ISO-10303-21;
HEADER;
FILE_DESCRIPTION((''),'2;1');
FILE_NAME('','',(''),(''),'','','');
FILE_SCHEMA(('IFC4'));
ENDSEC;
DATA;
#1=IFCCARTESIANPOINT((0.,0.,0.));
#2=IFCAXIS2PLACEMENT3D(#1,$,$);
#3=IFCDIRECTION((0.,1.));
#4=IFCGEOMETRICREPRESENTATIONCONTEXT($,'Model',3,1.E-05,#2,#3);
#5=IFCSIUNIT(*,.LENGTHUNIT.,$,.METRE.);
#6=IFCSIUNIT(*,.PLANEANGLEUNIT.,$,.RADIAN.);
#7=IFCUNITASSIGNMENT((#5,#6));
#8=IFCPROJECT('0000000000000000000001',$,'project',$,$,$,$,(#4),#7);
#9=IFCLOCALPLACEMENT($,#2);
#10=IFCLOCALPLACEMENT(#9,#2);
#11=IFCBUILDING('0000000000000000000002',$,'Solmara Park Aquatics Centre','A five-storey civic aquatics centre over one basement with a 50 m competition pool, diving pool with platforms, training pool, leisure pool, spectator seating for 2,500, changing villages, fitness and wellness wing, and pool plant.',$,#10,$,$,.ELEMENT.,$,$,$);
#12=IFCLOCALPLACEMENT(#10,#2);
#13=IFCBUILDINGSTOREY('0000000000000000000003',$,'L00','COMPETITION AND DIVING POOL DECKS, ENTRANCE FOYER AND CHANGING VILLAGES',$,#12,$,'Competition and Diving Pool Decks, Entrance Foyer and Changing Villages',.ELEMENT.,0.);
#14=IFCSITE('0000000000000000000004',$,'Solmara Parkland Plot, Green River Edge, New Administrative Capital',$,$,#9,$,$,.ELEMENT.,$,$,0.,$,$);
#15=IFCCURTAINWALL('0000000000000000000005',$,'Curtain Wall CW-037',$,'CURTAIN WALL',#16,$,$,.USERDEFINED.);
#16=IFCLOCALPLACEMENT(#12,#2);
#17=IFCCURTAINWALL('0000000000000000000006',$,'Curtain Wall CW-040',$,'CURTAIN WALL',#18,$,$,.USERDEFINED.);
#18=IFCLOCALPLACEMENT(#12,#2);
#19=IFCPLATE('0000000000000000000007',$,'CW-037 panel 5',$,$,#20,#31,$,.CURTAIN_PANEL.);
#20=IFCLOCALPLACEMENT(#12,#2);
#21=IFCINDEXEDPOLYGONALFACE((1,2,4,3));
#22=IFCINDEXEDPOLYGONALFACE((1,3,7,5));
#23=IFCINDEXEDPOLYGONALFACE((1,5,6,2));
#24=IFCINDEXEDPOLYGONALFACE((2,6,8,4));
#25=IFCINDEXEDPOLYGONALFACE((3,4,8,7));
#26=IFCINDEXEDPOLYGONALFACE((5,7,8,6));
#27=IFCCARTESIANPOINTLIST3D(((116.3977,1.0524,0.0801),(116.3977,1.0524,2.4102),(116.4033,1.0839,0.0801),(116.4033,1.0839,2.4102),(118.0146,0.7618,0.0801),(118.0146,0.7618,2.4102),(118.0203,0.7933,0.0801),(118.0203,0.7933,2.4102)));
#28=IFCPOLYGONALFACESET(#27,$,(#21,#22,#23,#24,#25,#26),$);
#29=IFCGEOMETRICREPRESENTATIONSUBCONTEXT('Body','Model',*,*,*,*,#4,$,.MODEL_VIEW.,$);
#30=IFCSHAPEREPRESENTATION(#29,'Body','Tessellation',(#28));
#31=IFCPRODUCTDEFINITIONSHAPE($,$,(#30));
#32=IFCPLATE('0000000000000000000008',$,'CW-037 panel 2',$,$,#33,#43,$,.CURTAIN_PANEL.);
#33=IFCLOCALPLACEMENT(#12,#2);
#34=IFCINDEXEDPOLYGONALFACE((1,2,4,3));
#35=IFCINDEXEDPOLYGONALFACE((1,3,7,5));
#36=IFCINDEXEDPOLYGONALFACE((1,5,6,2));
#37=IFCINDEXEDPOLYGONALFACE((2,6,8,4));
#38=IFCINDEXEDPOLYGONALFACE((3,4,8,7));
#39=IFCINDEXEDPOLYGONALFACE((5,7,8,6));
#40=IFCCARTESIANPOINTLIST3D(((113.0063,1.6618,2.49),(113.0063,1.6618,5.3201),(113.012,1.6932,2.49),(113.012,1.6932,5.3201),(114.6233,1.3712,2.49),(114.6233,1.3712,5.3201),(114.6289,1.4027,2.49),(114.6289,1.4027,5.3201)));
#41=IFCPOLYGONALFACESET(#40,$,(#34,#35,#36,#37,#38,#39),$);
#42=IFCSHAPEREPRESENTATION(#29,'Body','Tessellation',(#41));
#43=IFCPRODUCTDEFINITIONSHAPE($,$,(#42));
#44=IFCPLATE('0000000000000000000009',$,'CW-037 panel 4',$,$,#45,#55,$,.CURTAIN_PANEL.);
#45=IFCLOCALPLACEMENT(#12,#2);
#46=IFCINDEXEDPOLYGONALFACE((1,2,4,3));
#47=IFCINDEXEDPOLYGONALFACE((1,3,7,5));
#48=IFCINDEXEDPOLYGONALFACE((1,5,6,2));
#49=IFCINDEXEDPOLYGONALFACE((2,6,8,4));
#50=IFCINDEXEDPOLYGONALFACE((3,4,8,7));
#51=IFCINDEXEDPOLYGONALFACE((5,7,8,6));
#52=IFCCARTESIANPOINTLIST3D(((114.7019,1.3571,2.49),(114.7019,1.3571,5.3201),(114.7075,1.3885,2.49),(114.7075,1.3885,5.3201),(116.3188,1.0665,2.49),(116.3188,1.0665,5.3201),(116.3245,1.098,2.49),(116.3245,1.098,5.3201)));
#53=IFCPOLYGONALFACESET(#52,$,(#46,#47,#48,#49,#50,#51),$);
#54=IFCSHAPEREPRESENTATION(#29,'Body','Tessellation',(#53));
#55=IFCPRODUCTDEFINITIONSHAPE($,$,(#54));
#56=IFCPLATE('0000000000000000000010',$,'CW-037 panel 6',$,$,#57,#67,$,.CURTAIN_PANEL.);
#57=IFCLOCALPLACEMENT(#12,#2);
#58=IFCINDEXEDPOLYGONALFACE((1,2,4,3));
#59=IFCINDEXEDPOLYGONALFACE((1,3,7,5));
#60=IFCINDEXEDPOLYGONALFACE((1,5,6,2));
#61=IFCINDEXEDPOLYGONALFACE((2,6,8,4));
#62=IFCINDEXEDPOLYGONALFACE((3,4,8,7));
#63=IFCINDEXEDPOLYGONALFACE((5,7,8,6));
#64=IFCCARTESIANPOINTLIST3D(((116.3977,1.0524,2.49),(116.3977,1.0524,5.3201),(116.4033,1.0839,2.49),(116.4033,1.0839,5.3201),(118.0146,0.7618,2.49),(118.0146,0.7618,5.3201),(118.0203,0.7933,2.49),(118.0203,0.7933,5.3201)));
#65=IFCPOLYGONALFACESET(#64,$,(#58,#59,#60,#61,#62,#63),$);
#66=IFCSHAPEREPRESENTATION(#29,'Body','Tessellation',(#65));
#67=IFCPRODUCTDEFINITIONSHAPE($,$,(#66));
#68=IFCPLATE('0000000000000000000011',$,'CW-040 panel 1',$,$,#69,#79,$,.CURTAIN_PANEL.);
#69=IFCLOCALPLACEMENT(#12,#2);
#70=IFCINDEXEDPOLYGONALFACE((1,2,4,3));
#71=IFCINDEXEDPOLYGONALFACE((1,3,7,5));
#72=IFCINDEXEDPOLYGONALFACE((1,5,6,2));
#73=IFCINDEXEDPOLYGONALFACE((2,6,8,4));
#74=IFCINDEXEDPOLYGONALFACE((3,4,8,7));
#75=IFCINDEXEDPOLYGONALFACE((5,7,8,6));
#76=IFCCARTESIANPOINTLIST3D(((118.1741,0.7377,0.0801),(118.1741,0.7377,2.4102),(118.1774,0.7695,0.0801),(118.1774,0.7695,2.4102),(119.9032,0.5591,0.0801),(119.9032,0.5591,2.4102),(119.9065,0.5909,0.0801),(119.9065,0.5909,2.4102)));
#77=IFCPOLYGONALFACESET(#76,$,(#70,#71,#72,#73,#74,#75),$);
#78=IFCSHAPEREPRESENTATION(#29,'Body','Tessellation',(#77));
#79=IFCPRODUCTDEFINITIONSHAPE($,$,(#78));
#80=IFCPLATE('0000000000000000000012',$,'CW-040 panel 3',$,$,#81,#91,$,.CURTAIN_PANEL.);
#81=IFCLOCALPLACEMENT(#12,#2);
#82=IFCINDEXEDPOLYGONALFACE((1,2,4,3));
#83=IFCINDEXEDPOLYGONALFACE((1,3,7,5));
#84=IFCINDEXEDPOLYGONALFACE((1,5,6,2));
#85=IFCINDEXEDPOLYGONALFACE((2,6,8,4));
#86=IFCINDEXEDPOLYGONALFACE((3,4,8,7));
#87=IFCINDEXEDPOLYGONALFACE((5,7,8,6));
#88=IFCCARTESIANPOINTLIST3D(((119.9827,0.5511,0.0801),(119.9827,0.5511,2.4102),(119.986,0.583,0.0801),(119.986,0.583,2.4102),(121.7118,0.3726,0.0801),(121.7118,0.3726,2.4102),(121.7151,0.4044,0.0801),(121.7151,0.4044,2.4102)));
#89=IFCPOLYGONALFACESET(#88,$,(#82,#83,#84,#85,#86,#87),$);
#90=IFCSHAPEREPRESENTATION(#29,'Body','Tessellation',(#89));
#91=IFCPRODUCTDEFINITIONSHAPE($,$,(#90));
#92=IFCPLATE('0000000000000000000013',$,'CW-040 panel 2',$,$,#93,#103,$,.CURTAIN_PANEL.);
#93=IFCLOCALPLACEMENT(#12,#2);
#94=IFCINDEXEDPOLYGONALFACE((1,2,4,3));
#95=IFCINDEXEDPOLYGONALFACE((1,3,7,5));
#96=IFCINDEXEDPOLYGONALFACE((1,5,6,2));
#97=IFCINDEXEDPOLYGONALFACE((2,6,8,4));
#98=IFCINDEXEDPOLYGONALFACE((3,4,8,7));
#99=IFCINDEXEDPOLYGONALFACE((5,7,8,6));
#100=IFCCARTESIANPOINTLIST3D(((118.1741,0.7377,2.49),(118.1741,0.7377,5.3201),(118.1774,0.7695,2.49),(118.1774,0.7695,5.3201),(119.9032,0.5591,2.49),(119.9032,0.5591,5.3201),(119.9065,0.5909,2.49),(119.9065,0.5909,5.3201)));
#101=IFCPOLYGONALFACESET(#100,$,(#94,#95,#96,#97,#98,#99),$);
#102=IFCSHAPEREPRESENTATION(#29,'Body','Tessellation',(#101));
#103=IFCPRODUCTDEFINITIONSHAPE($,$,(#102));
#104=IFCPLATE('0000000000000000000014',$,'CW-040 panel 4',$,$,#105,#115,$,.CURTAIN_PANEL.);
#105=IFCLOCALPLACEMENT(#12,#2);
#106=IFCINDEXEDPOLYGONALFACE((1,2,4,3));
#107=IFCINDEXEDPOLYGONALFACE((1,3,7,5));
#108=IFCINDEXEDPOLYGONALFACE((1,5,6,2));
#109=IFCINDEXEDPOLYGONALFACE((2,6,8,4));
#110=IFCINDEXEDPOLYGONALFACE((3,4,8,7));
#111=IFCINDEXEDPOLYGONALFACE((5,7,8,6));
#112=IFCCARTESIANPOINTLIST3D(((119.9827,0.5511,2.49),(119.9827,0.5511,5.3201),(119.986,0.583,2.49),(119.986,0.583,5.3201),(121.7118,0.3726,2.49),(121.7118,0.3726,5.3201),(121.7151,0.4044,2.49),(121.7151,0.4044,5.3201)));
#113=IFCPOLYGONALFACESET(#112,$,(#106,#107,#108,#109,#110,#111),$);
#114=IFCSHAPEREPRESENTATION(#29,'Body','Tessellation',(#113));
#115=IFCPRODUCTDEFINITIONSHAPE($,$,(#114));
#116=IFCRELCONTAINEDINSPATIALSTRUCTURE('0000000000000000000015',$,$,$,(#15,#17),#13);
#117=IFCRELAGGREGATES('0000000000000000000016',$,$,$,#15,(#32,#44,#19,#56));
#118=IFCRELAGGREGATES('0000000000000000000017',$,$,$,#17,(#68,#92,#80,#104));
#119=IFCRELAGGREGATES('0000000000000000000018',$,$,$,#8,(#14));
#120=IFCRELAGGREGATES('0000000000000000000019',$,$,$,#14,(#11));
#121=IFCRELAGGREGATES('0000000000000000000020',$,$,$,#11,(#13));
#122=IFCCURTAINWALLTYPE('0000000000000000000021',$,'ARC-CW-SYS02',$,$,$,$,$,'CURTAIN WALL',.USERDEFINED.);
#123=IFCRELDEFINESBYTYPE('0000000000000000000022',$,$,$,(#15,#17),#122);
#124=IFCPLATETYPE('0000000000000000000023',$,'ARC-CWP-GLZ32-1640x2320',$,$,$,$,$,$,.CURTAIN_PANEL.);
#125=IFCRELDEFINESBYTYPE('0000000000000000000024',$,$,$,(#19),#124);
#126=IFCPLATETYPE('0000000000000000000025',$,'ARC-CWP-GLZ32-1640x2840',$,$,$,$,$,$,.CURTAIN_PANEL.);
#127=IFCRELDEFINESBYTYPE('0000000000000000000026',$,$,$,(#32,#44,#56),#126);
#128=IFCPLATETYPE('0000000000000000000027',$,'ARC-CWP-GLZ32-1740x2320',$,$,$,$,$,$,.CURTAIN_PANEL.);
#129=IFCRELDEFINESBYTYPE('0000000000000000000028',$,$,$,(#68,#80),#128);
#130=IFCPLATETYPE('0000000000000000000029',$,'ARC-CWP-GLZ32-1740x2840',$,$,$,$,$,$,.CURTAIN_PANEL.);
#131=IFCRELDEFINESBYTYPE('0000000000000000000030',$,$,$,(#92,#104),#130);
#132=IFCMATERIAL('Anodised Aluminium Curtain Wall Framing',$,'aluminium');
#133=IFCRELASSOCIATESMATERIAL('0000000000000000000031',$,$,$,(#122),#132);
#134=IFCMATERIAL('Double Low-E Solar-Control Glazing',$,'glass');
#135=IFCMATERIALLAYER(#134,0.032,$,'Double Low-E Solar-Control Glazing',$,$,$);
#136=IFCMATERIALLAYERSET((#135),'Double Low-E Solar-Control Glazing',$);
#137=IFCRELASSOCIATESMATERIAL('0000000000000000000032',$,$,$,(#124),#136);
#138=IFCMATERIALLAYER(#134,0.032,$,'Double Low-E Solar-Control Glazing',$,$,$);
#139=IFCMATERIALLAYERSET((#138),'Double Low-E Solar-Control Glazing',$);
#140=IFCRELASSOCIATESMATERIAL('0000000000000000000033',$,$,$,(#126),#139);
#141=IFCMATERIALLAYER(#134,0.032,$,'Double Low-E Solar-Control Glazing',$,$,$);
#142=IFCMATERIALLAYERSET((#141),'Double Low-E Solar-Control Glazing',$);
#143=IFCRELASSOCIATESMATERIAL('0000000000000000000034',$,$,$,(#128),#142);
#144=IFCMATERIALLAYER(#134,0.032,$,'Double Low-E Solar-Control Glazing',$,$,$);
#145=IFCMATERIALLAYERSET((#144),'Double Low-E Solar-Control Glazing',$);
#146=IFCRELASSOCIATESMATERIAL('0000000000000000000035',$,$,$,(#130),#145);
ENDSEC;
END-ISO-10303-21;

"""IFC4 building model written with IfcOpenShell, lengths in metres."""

from ifc_helpers import new_model, si_unit, direction, frame, origin, origin_2d, place, context, subcontext, project, spatial, rectangle, extrude, material, layer, layer_set, type_object, element, aggregate, save


model = new_model("IFC4")

# Units and contexts
model_context = context("Model", 3, precision=1e-05, world=origin(), true_north=direction((0.0, 1.0)))
body_context = subcontext(model_context, "Body", "Model", "MODEL_VIEW")
ifc_project = project(units=[si_unit("LENGTHUNIT", "METRE"), si_unit("PLANEANGLEUNIT", "RADIAN")], contexts=[model_context])

# Site, building, storey
site_placement = place(None, origin())
site = spatial("IfcSite", under=ifc_project, at=site_placement, Name="Solmara Parkland Plot, Green River Edge, New Administrative Capital", CompositionType="ELEMENT", RefElevation=0.0)
building_placement = place(site_placement, origin())
building = spatial("IfcBuilding", under=site, at=building_placement, Name="Solmara Park Aquatics Centre", Description="A five-storey civic aquatics centre over one basement with a 50 m competition pool, diving pool with platforms, training pool, leisure pool, spectator seating for 2,500, changing villages, fitness and wellness wing, and pool plant.", CompositionType="ELEMENT")
storey_placement = place(building_placement, origin())
storey = spatial("IfcBuildingStorey", under=building, at=storey_placement, Name="L00", Description="COMPETITION AND DIVING POOL DECKS, ENTRANCE FOYER AND CHANGING VILLAGES", LongName="Competition and Diving Pool Decks, Entrance Foyer and Changing Villages", CompositionType="ELEMENT", Elevation=0.0)

# Shared definitions
ifc_material_1 = material(Name="Anodised Aluminium Curtain Wall Framing", Category="aluminium")
curtain_wall_type = type_object("IfcCurtainWallType", Name="ARC-CW-SYS02", ElementType="CURTAIN WALL", PredefinedType="USERDEFINED", material=ifc_material_1)

# Curtain walls
curtain_wall_1_placement = place(storey_placement, origin())
curtain_wall_1 = element("IfcCurtainWall", 1, at=curtain_wall_1_placement, inside=storey, type_object=curtain_wall_type, Name="Curtain Wall CW-037", ObjectType="CURTAIN WALL", PredefinedType="USERDEFINED")
curtain_wall_2_placement = place(storey_placement, origin())
curtain_wall_2 = element("IfcCurtainWall", 2, at=curtain_wall_2_placement, inside=storey, type_object=curtain_wall_type, Name="Curtain Wall CW-040", ObjectType="CURTAIN WALL", PredefinedType="USERDEFINED")

# Plates
ifc_material_2 = material(Name="Double Low-E Solar-Control Glazing", Category="glass")
ifc_layer_1 = layer(ifc_material_2, 0.032, Name="Double Low-E Solar-Control Glazing")
ifc_layer_set_1 = layer_set([ifc_layer_1], Name="Double Low-E Solar-Control Glazing")
plate_type_1 = type_object("IfcPlateType", Name="ARC-CWP-GLZ32-1640x2320", PredefinedType="CURTAIN_PANEL", material=ifc_layer_set_1)
plate_1_placement = place(storey_placement, frame((117.209, 0.9229, 0.0801), z_axis=(0.0, 0.0, 1.0), x_axis=(0.984239, -0.176846, 0.0)))
plate_1 = element("IfcPlate", 3, at=plate_1_placement, type_object=plate_type_1, Name="CW-037 panel 5", PredefinedType="CURTAIN_PANEL", context=body_context, shape_type="SweptSolid", body=[
    extrude(rectangle(XDim=1.6428, YDim=0.032, at=origin_2d()), origin(), (0.0, 0.0, 1.0), 2.3301),
])
ifc_layer_2 = layer(ifc_material_2, 0.032, Name="Double Low-E Solar-Control Glazing")
ifc_layer_set_2 = layer_set([ifc_layer_2], Name="Double Low-E Solar-Control Glazing")
plate_type_2 = type_object("IfcPlateType", Name="ARC-CWP-GLZ32-1640x2840", PredefinedType="CURTAIN_PANEL", material=ifc_layer_set_2)
plate_2_placement = place(storey_placement, frame((113.8176, 1.5322, 2.49), z_axis=(0.0, 0.0, 1.0), x_axis=(0.984239, -0.176846, 0.0)))
plate_2 = element("IfcPlate", 4, at=plate_2_placement, type_object=plate_type_2, Name="CW-037 panel 2", PredefinedType="CURTAIN_PANEL", context=body_context, shape_type="SweptSolid", body=[
    extrude(rectangle(XDim=1.6428, YDim=0.032, at=origin_2d()), origin(), (0.0, 0.0, 1.0), 2.8301),
])
plate_3_placement = place(storey_placement, frame((115.5132, 1.2275, 2.49), z_axis=(0.0, 0.0, 1.0), x_axis=(0.984239, -0.176846, 0.0)))
plate_3 = element("IfcPlate", 5, at=plate_3_placement, type_object=plate_type_2, Name="CW-037 panel 4", PredefinedType="CURTAIN_PANEL", context=body_context, shape_type="SweptSolid", body=[
    extrude(rectangle(XDim=1.6428, YDim=0.032, at=origin_2d()), origin(), (0.0, 0.0, 1.0), 2.8301),
])
plate_4_placement = place(storey_placement, frame((117.209, 0.9229, 2.49), z_axis=(0.0, 0.0, 1.0), x_axis=(0.984239, -0.176846, 0.0)))
plate_4 = element("IfcPlate", 6, at=plate_4_placement, type_object=plate_type_2, Name="CW-037 panel 6", PredefinedType="CURTAIN_PANEL", context=body_context, shape_type="SweptSolid", body=[
    extrude(rectangle(XDim=1.6428, YDim=0.032, at=origin_2d()), origin(), (0.0, 0.0, 1.0), 2.8301),
])
aggregate(curtain_wall_1, [plate_2, plate_3, plate_1, plate_4])
ifc_layer_3 = layer(ifc_material_2, 0.032, Name="Double Low-E Solar-Control Glazing")
ifc_layer_set_3 = layer_set([ifc_layer_3], Name="Double Low-E Solar-Control Glazing")
plate_type_3 = type_object("IfcPlateType", Name="ARC-CWP-GLZ32-1740x2320", PredefinedType="CURTAIN_PANEL", material=ifc_layer_set_3)
plate_5_placement = place(storey_placement, frame((119.0403, 0.6643, 0.0801), z_axis=(0.0, 0.0, 1.0), x_axis=(0.994711, -0.102709, 0.0)))
plate_5 = element("IfcPlate", 7, at=plate_5_placement, type_object=plate_type_3, Name="CW-040 panel 1", PredefinedType="CURTAIN_PANEL", context=body_context, shape_type="SweptSolid", body=[
    extrude(rectangle(XDim=1.7383, YDim=0.032, at=origin_2d()), origin(), (0.0, 0.0, 1.0), 2.3301),
])
plate_6_placement = place(storey_placement, frame((120.8489, 0.4778, 0.0801), z_axis=(0.0, 0.0, 1.0), x_axis=(0.994711, -0.102709, 0.0)))
plate_6 = element("IfcPlate", 8, at=plate_6_placement, type_object=plate_type_3, Name="CW-040 panel 3", PredefinedType="CURTAIN_PANEL", context=body_context, shape_type="SweptSolid", body=[
    extrude(rectangle(XDim=1.7383, YDim=0.032, at=origin_2d()), origin(), (0.0, 0.0, 1.0), 2.3301),
])
ifc_layer_4 = layer(ifc_material_2, 0.032, Name="Double Low-E Solar-Control Glazing")
ifc_layer_set_4 = layer_set([ifc_layer_4], Name="Double Low-E Solar-Control Glazing")
plate_type_4 = type_object("IfcPlateType", Name="ARC-CWP-GLZ32-1740x2840", PredefinedType="CURTAIN_PANEL", material=ifc_layer_set_4)
plate_7_placement = place(storey_placement, frame((119.0403, 0.6643, 2.49), z_axis=(0.0, 0.0, 1.0), x_axis=(0.994711, -0.102709, 0.0)))
plate_7 = element("IfcPlate", 9, at=plate_7_placement, type_object=plate_type_4, Name="CW-040 panel 2", PredefinedType="CURTAIN_PANEL", context=body_context, shape_type="SweptSolid", body=[
    extrude(rectangle(XDim=1.7383, YDim=0.032, at=origin_2d()), origin(), (0.0, 0.0, 1.0), 2.8301),
])
plate_8_placement = place(storey_placement, frame((120.8489, 0.4778, 2.49), z_axis=(0.0, 0.0, 1.0), x_axis=(0.994711, -0.102709, 0.0)))
plate_8 = element("IfcPlate", 10, at=plate_8_placement, type_object=plate_type_4, Name="CW-040 panel 4", PredefinedType="CURTAIN_PANEL", context=body_context, shape_type="SweptSolid", body=[
    extrude(rectangle(XDim=1.7383, YDim=0.032, at=origin_2d()), origin(), (0.0, 0.0, 1.0), 2.8301),
])
aggregate(curtain_wall_2, [plate_5, plate_7, plate_6, plate_8])

save(model, "model.ifc")
